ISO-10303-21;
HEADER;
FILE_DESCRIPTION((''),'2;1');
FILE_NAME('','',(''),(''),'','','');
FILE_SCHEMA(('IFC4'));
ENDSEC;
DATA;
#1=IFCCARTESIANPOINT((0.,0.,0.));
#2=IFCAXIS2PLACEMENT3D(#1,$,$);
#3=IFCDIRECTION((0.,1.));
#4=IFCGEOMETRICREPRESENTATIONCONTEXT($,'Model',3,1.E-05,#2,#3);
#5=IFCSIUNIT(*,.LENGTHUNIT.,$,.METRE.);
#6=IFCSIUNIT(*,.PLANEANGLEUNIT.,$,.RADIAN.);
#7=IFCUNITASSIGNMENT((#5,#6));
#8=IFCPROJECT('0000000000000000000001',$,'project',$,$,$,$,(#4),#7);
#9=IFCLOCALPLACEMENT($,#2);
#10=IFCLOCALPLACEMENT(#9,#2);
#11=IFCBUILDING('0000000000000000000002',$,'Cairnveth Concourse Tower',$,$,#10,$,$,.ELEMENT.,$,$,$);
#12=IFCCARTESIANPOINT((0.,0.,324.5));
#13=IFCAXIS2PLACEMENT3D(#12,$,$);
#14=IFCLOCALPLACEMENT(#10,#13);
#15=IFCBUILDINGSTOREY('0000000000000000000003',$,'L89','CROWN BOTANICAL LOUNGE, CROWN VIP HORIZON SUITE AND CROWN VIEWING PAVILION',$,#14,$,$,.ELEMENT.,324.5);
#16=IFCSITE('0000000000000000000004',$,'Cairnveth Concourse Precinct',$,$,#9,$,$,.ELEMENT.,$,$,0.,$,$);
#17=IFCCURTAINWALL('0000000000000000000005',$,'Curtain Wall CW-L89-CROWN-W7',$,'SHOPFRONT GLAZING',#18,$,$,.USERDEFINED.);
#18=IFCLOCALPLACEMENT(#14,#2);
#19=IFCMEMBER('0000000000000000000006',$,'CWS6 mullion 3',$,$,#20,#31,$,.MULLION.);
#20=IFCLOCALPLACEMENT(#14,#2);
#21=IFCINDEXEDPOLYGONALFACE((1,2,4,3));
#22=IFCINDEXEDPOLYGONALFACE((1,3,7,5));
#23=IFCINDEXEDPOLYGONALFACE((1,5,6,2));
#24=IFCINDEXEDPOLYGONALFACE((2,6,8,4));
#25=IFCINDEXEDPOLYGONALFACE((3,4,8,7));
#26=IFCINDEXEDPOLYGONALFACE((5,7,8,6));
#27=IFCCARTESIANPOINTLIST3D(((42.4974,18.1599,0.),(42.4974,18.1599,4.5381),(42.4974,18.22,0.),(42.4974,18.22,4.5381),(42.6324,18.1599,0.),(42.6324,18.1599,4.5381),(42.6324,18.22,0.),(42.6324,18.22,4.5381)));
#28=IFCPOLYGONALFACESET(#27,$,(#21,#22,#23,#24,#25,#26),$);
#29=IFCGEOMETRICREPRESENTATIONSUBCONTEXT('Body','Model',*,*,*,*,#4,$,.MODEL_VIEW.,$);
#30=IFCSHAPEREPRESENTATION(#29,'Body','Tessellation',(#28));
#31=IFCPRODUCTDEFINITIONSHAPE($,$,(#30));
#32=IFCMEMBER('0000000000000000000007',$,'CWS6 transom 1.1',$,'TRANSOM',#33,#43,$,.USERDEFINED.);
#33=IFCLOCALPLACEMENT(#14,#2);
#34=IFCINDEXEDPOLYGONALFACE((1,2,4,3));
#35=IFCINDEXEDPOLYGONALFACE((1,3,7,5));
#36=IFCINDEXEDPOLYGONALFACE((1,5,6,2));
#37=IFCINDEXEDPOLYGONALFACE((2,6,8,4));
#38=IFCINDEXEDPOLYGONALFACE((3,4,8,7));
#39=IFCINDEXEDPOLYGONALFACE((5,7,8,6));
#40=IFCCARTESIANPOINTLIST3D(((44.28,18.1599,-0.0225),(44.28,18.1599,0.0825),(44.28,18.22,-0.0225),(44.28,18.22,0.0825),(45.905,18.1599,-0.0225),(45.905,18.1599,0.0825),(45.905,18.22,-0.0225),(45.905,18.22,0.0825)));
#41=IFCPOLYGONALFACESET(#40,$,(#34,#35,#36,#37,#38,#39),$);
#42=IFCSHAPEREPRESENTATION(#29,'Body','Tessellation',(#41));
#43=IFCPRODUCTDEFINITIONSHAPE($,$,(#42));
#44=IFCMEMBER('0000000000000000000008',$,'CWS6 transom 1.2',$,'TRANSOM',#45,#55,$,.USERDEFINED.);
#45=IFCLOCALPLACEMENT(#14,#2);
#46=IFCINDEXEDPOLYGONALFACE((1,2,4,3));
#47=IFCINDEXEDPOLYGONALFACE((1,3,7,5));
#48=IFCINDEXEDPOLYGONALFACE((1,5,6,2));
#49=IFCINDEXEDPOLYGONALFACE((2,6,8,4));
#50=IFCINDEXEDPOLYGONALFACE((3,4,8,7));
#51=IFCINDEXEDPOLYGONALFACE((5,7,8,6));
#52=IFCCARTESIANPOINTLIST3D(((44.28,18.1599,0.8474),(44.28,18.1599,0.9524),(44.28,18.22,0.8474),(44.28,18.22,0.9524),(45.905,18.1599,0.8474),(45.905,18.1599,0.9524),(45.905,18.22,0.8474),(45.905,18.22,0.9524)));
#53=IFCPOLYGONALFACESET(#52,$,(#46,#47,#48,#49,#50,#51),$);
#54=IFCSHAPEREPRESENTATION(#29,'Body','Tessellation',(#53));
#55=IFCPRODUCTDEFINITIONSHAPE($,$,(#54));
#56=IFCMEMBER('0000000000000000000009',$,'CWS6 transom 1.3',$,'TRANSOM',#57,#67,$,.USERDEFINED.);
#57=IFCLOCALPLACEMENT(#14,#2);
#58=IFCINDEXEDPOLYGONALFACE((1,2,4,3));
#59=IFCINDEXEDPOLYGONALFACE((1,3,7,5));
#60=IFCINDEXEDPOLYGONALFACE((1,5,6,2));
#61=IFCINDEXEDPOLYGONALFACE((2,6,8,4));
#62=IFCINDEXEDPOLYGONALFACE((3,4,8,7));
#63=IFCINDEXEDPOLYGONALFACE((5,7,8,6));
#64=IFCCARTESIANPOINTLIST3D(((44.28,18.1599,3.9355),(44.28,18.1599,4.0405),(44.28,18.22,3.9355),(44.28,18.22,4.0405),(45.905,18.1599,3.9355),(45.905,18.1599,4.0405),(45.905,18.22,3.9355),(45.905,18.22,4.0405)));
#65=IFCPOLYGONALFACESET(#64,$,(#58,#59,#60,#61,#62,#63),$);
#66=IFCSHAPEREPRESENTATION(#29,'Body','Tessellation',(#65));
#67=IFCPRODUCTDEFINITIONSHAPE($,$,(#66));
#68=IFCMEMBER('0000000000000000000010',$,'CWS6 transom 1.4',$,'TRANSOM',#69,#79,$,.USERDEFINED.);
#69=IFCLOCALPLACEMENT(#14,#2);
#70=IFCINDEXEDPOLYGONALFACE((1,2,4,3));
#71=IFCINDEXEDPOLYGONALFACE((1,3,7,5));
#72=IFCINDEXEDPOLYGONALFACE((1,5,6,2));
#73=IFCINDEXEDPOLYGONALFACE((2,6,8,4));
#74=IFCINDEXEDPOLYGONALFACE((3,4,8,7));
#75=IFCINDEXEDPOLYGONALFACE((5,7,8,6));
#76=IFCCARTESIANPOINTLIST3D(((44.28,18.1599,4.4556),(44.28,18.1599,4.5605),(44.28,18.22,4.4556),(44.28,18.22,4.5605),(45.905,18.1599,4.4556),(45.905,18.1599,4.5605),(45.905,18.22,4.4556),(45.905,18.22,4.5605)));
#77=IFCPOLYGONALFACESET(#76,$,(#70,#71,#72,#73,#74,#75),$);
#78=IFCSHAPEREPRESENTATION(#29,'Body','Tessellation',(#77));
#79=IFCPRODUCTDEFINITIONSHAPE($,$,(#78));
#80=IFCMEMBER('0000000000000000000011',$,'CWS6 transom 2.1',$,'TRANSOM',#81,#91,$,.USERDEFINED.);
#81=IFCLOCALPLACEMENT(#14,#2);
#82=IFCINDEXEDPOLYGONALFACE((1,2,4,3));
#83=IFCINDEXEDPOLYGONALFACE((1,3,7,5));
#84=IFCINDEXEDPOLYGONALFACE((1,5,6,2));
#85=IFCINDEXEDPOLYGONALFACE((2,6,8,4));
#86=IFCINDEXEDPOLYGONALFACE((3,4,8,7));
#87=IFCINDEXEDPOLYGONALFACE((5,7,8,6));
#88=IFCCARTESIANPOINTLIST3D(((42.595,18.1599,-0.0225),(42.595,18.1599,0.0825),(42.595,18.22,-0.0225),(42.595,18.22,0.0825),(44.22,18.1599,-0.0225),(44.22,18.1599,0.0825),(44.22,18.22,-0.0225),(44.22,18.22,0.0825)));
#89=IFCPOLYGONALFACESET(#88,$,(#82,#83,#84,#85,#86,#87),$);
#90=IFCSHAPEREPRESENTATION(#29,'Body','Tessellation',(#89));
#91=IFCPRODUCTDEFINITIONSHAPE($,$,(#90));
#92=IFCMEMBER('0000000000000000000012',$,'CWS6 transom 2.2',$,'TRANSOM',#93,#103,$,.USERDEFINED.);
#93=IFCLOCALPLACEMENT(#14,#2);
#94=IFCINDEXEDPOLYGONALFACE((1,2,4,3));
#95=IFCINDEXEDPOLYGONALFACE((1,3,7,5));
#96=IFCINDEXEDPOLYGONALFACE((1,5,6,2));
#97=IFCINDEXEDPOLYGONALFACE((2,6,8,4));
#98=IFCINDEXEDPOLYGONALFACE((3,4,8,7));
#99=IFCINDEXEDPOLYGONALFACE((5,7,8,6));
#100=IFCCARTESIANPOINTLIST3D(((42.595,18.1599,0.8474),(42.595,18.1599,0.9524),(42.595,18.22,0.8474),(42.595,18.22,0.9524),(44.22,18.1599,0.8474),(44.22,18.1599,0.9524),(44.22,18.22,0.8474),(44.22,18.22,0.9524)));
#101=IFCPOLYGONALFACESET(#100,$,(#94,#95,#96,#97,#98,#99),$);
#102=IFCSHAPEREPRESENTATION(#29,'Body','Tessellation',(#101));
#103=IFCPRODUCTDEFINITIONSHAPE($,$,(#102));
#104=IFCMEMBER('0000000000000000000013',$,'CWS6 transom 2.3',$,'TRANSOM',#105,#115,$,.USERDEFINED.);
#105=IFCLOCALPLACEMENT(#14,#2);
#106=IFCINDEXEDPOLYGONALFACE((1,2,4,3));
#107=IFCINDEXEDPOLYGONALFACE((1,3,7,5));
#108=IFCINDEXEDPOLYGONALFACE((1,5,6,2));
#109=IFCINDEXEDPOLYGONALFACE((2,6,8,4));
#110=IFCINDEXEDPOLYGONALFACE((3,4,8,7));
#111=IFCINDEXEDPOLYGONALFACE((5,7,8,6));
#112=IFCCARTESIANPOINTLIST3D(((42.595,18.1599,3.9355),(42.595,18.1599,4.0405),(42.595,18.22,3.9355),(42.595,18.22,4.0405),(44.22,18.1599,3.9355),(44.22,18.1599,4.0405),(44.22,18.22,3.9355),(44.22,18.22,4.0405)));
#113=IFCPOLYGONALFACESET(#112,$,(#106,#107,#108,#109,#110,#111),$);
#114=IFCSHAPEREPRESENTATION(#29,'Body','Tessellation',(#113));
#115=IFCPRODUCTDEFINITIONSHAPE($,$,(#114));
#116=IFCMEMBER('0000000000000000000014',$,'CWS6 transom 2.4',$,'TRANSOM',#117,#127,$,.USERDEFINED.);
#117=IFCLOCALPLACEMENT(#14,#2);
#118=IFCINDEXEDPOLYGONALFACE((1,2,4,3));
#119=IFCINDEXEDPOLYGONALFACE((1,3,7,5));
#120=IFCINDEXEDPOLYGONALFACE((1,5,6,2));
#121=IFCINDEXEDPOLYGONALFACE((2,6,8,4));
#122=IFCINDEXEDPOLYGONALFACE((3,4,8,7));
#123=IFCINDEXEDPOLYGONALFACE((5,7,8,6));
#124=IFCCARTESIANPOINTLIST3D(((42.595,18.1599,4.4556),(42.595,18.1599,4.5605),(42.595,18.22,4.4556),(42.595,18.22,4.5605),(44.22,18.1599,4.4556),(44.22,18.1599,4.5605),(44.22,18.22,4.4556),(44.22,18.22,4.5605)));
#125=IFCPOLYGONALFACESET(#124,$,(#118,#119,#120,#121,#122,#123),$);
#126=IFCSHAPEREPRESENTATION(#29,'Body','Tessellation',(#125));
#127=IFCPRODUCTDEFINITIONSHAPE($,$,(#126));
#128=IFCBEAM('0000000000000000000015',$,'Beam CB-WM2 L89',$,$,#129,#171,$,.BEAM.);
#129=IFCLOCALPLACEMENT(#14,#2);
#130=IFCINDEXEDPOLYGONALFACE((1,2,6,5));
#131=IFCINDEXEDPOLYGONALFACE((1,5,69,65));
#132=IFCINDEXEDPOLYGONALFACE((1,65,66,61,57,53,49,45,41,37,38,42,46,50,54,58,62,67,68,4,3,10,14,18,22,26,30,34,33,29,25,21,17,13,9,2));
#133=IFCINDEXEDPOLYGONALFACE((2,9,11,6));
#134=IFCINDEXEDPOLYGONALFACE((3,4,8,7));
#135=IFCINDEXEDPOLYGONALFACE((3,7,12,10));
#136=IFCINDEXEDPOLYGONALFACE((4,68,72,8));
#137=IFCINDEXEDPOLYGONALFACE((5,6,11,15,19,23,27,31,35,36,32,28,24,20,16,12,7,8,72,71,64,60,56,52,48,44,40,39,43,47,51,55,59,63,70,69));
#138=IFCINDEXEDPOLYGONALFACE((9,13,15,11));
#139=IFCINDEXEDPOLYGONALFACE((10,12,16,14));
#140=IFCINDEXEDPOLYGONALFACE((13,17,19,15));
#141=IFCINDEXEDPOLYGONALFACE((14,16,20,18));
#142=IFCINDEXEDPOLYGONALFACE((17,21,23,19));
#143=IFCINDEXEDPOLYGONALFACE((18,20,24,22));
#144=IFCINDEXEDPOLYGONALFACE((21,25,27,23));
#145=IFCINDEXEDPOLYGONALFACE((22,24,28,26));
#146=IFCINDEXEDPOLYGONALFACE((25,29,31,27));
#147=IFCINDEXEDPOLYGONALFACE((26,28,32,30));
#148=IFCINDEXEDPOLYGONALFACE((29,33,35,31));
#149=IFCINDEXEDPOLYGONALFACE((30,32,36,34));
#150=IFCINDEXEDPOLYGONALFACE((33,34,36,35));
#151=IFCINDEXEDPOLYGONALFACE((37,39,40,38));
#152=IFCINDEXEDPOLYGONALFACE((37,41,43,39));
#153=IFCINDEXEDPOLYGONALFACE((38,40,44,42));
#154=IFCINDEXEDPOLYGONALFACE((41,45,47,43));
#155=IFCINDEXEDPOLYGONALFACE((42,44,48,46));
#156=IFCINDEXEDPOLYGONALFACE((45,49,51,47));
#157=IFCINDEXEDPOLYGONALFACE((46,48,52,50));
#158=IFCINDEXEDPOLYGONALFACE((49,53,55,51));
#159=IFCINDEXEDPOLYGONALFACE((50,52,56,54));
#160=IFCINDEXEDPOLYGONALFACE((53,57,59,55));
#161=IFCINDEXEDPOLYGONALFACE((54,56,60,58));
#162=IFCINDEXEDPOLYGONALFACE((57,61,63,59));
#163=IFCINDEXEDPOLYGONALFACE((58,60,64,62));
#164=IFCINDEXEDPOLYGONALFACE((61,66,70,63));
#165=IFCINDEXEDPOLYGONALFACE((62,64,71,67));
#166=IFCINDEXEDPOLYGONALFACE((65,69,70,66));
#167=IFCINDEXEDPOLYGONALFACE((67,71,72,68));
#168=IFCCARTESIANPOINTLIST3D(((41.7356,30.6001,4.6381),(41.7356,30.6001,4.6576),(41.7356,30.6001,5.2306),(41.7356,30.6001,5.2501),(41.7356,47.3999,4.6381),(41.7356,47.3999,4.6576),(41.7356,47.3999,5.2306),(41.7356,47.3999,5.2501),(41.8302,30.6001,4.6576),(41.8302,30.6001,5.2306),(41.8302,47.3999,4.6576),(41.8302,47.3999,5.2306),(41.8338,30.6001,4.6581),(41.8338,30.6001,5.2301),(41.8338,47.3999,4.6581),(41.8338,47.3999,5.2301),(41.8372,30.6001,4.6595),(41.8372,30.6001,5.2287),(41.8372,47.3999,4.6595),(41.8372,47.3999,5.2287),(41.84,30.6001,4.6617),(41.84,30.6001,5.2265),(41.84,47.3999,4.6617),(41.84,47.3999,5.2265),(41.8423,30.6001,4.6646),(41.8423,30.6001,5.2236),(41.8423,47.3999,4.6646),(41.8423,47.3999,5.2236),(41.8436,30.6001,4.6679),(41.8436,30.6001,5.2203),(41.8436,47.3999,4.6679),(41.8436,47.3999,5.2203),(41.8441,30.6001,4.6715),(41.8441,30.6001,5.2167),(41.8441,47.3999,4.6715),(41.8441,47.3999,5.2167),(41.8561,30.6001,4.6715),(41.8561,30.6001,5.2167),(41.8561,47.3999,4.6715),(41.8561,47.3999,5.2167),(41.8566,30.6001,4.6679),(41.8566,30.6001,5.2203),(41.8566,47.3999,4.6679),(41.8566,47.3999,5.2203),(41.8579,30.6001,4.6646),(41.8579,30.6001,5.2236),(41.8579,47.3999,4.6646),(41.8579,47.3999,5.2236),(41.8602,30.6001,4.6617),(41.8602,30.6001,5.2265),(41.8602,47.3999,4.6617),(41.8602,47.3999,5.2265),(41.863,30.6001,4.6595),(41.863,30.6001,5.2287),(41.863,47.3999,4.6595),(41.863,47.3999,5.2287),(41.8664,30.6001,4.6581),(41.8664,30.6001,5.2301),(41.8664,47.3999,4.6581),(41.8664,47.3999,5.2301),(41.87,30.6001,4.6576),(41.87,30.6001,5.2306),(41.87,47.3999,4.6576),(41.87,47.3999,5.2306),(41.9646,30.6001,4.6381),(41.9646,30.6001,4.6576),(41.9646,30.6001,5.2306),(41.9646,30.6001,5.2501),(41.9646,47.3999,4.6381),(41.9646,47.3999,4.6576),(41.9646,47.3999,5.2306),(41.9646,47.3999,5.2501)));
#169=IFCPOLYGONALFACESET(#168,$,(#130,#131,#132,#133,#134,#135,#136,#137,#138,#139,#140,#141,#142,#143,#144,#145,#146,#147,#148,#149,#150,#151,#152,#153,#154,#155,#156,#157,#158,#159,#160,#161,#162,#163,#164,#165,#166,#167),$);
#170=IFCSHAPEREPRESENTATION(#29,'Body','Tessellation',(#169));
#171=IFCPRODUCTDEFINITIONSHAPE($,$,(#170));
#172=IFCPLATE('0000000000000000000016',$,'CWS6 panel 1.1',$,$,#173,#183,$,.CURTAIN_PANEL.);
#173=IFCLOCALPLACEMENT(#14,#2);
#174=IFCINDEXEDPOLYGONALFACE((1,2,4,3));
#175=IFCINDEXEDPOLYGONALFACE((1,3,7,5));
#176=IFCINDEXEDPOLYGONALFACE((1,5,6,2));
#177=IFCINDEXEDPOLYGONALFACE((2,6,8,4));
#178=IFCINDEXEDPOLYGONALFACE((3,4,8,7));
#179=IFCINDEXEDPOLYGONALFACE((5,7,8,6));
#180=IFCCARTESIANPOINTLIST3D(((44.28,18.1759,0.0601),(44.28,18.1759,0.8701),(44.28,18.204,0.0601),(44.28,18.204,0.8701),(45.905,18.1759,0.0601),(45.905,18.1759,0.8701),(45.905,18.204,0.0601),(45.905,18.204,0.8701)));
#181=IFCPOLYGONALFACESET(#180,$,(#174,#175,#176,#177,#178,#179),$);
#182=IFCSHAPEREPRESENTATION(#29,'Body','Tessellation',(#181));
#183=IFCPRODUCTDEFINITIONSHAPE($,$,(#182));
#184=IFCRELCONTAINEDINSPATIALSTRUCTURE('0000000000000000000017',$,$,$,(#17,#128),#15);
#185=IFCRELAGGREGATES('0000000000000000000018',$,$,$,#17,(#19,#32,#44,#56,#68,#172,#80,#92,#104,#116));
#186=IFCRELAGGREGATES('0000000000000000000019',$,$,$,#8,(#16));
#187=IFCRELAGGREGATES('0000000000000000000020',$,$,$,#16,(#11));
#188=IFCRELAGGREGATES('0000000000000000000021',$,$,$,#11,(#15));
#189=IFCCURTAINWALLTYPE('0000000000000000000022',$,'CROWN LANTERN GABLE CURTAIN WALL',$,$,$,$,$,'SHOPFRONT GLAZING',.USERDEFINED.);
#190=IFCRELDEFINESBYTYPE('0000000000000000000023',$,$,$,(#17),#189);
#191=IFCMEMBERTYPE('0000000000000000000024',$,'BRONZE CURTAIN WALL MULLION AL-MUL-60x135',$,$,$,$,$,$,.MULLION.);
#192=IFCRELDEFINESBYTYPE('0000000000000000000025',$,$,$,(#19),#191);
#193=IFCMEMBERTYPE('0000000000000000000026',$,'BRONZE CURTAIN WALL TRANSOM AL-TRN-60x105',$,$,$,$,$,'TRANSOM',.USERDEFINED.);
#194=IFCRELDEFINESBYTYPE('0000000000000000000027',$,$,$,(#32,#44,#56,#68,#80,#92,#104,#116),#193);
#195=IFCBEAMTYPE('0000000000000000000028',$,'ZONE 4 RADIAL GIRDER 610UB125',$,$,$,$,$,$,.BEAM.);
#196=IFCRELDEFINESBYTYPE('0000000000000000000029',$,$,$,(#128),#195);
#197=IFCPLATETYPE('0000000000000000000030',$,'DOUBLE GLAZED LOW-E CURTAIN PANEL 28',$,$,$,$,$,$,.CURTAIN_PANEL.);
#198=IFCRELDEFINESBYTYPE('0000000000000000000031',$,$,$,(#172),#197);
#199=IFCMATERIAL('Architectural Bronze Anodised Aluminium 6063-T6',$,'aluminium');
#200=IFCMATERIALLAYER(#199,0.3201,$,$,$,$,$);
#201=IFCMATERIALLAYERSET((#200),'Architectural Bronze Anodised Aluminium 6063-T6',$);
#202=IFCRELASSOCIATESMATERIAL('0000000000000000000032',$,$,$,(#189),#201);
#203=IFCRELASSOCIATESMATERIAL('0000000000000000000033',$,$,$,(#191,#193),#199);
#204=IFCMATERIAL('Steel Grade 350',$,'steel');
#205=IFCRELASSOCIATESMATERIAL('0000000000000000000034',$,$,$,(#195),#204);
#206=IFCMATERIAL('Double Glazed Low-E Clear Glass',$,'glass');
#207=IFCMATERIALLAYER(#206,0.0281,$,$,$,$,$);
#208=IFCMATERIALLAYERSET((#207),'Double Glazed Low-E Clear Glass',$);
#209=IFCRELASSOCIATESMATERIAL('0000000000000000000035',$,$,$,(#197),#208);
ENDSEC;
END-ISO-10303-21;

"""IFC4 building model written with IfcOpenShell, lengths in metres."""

from ifc_helpers import new_model, si_unit, direction, frame, origin, origin_2d, place, context, subcontext, project, spatial, rectangle, i_section, extrude, material, layer, layer_set, material_profile, profile_set, type_object, element, aggregate, save


model = new_model("IFC4")

# Units and contexts
model_context = context("Model", 3, precision=1e-05, world=origin(), true_north=direction((0.0, 1.0)))
body_context = subcontext(model_context, "Body", "Model", "MODEL_VIEW")
ifc_project = project(units=[si_unit("LENGTHUNIT", "METRE"), si_unit("PLANEANGLEUNIT", "RADIAN")], contexts=[model_context])

# Site, building, storey
site_placement = place(None, origin())
site = spatial("IfcSite", under=ifc_project, at=site_placement, Name="Cairnveth Concourse Precinct", CompositionType="ELEMENT", RefElevation=0.0)
building_placement = place(site_placement, origin())
building = spatial("IfcBuilding", under=site, at=building_placement, Name="Cairnveth Concourse Tower", CompositionType="ELEMENT")
storey_placement = place(building_placement, frame((0.0, 0.0, 324.5)))
storey = spatial("IfcBuildingStorey", under=building, at=storey_placement, Name="L89", Description="CROWN BOTANICAL LOUNGE, CROWN VIP HORIZON SUITE AND CROWN VIEWING PAVILION", CompositionType="ELEMENT", Elevation=324.5)

# Shared definitions
ifc_material_1 = material(Name="Steel Grade 350", Category="steel")

# Curtain wall, members
ifc_material_2 = material(Name="Architectural Bronze Anodised Aluminium 6063-T6", Category="aluminium")
ifc_layer_1 = layer(ifc_material_2, 0.3201)
ifc_layer_set_1 = layer_set([ifc_layer_1], Name="Architectural Bronze Anodised Aluminium 6063-T6")
curtain_wall_type = type_object("IfcCurtainWallType", Name="CROWN LANTERN GABLE CURTAIN WALL", ElementType="SHOPFRONT GLAZING", PredefinedType="USERDEFINED", material=ifc_layer_set_1)
curtain_wall_placement = place(storey_placement, origin())
curtain_wall = element("IfcCurtainWall", 1, at=curtain_wall_placement, inside=storey, type_object=curtain_wall_type, Name="Curtain Wall CW-L89-CROWN-W7", ObjectType="SHOPFRONT GLAZING", PredefinedType="USERDEFINED")
ifc_material_profile_1 = material_profile(ifc_material_2, rectangle(XDim=0.0601, YDim=0.135, at=origin_2d()), Name="AL-MUL-60x135")
ifc_profile_set_1 = profile_set([ifc_material_profile_1], Name="Architectural Bronze Anodised Aluminium 6063-T6")
member_type_1 = type_object("IfcMemberType", Name="BRONZE CURTAIN WALL MULLION AL-MUL-60x135", PredefinedType="MULLION", material=ifc_profile_set_1)
member_1_placement = place(storey_placement, frame((42.5649, 18.1899, 0.0), z_axis=(0.0, 0.0, 1.0), x_axis=(0.0, -1.0, 0.0)))
member_1 = element("IfcMember", 2, at=member_1_placement, type_object=member_type_1, Name="CWS6 mullion 3", PredefinedType="MULLION", context=body_context, shape_type="SweptSolid", body=[
    extrude(rectangle(XDim=0.0601, YDim=0.135, at=origin_2d()), origin(), (0.0, 0.0, 1.0), 4.5381),
])
ifc_material_profile_2 = material_profile(ifc_material_2, rectangle(XDim=0.0601, YDim=0.105, at=origin_2d()), Name="AL-TRN-60x105")
ifc_profile_set_2 = profile_set([ifc_material_profile_2], Name="Architectural Bronze Anodised Aluminium 6063-T6")
member_type_2 = type_object("IfcMemberType", Name="BRONZE CURTAIN WALL TRANSOM AL-TRN-60x105", ElementType="TRANSOM", PredefinedType="USERDEFINED", material=ifc_profile_set_2)
member_2_placement = place(storey_placement, frame((45.905, 18.1899, 0.03), z_axis=(-1.0, 0.0, 0.0), x_axis=(0.0, -1.0, 0.0)))
member_2 = element("IfcMember", 3, at=member_2_placement, type_object=member_type_2, Name="CWS6 transom 1.1", ObjectType="TRANSOM", PredefinedType="USERDEFINED", context=body_context, shape_type="SweptSolid", body=[
    extrude(rectangle(XDim=0.0601, YDim=0.105, at=origin_2d()), origin(), (0.0, 0.0, 1.0), 1.625),
])
member_3_placement = place(storey_placement, frame((45.905, 18.1899, 0.8999), z_axis=(-1.0, 0.0, 0.0), x_axis=(0.0, -1.0, 0.0)))
member_3 = element("IfcMember", 4, at=member_3_placement, type_object=member_type_2, Name="CWS6 transom 1.2", ObjectType="TRANSOM", PredefinedType="USERDEFINED", context=body_context, shape_type="SweptSolid", body=[
    extrude(rectangle(XDim=0.0601, YDim=0.105, at=origin_2d()), origin(), (0.0, 0.0, 1.0), 1.625),
])
member_4_placement = place(storey_placement, frame((45.905, 18.1899, 3.988), z_axis=(-1.0, 0.0, 0.0), x_axis=(0.0, -1.0, 0.0)))
member_4 = element("IfcMember", 5, at=member_4_placement, type_object=member_type_2, Name="CWS6 transom 1.3", ObjectType="TRANSOM", PredefinedType="USERDEFINED", context=body_context, shape_type="SweptSolid", body=[
    extrude(rectangle(XDim=0.0601, YDim=0.105, at=origin_2d()), origin(), (0.0, 0.0, 1.0), 1.625),
])
member_5_placement = place(storey_placement, frame((45.905, 18.1899, 4.5081), z_axis=(-1.0, 0.0, 0.0), x_axis=(0.0, -1.0, 0.0)))
member_5 = element("IfcMember", 6, at=member_5_placement, type_object=member_type_2, Name="CWS6 transom 1.4", ObjectType="TRANSOM", PredefinedType="USERDEFINED", context=body_context, shape_type="SweptSolid", body=[
    extrude(rectangle(XDim=0.0601, YDim=0.105, at=origin_2d()), origin(), (0.0, 0.0, 1.0), 1.625),
])
member_6_placement = place(storey_placement, frame((44.22, 18.1899, 0.03), z_axis=(-1.0, 0.0, 0.0), x_axis=(0.0, -1.0, 0.0)))
member_6 = element("IfcMember", 7, at=member_6_placement, type_object=member_type_2, Name="CWS6 transom 2.1", ObjectType="TRANSOM", PredefinedType="USERDEFINED", context=body_context, shape_type="SweptSolid", body=[
    extrude(rectangle(XDim=0.0601, YDim=0.105, at=origin_2d()), origin(), (0.0, 0.0, 1.0), 1.625),
])
member_7_placement = place(storey_placement, frame((44.22, 18.1899, 0.8999), z_axis=(-1.0, 0.0, 0.0), x_axis=(0.0, -1.0, 0.0)))
member_7 = element("IfcMember", 8, at=member_7_placement, type_object=member_type_2, Name="CWS6 transom 2.2", ObjectType="TRANSOM", PredefinedType="USERDEFINED", context=body_context, shape_type="SweptSolid", body=[
    extrude(rectangle(XDim=0.0601, YDim=0.105, at=origin_2d()), origin(), (0.0, 0.0, 1.0), 1.625),
])
member_8_placement = place(storey_placement, frame((44.22, 18.1899, 3.988), z_axis=(-1.0, 0.0, 0.0), x_axis=(0.0, -1.0, 0.0)))
member_8 = element("IfcMember", 9, at=member_8_placement, type_object=member_type_2, Name="CWS6 transom 2.3", ObjectType="TRANSOM", PredefinedType="USERDEFINED", context=body_context, shape_type="SweptSolid", body=[
    extrude(rectangle(XDim=0.0601, YDim=0.105, at=origin_2d()), origin(), (0.0, 0.0, 1.0), 1.625),
])
member_9_placement = place(storey_placement, frame((44.22, 18.1899, 4.5081), z_axis=(-1.0, 0.0, 0.0), x_axis=(0.0, -1.0, 0.0)))
member_9 = element("IfcMember", 10, at=member_9_placement, type_object=member_type_2, Name="CWS6 transom 2.4", ObjectType="TRANSOM", PredefinedType="USERDEFINED", context=body_context, shape_type="SweptSolid", body=[
    extrude(rectangle(XDim=0.0601, YDim=0.105, at=origin_2d()), origin(), (0.0, 0.0, 1.0), 1.625),
])

# Beam
ifc_material_profile_3 = material_profile(ifc_material_1, i_section(OverallWidth=0.229, OverallDepth=0.6121, WebThickness=0.012, FlangeThickness=0.0195, FilletRadius=0.0139, at=origin_2d()), Name="610UB125")
ifc_profile_set_3 = profile_set([ifc_material_profile_3], Name="Steel Grade 350")
beam_type = type_object("IfcBeamType", Name="ZONE 4 RADIAL GIRDER 610UB125", PredefinedType="BEAM", material=ifc_profile_set_3)
beam_placement = place(storey_placement, frame((41.8501, 30.6001, 4.9441), z_axis=(0.0, 1.0, 0.0), x_axis=(-1.0, 0.0, 0.0)))
element("IfcBeam", 11, at=beam_placement, inside=storey, type_object=beam_type, Name="Beam CB-WM2 L89", PredefinedType="BEAM", context=body_context, shape_type="SweptSolid", body=[
    extrude(i_section(OverallWidth=0.229, OverallDepth=0.6121, WebThickness=0.012, FlangeThickness=0.0195, FilletRadius=0.0139, at=origin_2d()), origin(), (0.0, 0.0, 1.0), 16.7998),
])

# Plate
ifc_material_3 = material(Name="Double Glazed Low-E Clear Glass", Category="glass")
ifc_layer_2 = layer(ifc_material_3, 0.0281)
ifc_layer_set_2 = layer_set([ifc_layer_2], Name="Double Glazed Low-E Clear Glass")
plate_type = type_object("IfcPlateType", Name="DOUBLE GLAZED LOW-E CURTAIN PANEL 28", PredefinedType="CURTAIN_PANEL", material=ifc_layer_set_2)
plate_1_placement = place(storey_placement, frame((45.0925, 18.1899, 0.0601), z_axis=(0.0, 0.0, 1.0), x_axis=(-1.0, 0.0, 0.0)))
plate_1 = element("IfcPlate", 12, at=plate_1_placement, type_object=plate_type, Name="CWS6 panel 1.1", PredefinedType="CURTAIN_PANEL", context=body_context, shape_type="SweptSolid", body=[
    extrude(rectangle(XDim=1.625, YDim=0.0281, at=origin_2d()), origin(), (0.0, 0.0, 1.0), 0.8101),
])
aggregate(curtain_wall, [member_1, member_2, member_3, member_4, member_5, plate_1, member_6, member_7, member_8, member_9])

save(model, "model.ifc")
